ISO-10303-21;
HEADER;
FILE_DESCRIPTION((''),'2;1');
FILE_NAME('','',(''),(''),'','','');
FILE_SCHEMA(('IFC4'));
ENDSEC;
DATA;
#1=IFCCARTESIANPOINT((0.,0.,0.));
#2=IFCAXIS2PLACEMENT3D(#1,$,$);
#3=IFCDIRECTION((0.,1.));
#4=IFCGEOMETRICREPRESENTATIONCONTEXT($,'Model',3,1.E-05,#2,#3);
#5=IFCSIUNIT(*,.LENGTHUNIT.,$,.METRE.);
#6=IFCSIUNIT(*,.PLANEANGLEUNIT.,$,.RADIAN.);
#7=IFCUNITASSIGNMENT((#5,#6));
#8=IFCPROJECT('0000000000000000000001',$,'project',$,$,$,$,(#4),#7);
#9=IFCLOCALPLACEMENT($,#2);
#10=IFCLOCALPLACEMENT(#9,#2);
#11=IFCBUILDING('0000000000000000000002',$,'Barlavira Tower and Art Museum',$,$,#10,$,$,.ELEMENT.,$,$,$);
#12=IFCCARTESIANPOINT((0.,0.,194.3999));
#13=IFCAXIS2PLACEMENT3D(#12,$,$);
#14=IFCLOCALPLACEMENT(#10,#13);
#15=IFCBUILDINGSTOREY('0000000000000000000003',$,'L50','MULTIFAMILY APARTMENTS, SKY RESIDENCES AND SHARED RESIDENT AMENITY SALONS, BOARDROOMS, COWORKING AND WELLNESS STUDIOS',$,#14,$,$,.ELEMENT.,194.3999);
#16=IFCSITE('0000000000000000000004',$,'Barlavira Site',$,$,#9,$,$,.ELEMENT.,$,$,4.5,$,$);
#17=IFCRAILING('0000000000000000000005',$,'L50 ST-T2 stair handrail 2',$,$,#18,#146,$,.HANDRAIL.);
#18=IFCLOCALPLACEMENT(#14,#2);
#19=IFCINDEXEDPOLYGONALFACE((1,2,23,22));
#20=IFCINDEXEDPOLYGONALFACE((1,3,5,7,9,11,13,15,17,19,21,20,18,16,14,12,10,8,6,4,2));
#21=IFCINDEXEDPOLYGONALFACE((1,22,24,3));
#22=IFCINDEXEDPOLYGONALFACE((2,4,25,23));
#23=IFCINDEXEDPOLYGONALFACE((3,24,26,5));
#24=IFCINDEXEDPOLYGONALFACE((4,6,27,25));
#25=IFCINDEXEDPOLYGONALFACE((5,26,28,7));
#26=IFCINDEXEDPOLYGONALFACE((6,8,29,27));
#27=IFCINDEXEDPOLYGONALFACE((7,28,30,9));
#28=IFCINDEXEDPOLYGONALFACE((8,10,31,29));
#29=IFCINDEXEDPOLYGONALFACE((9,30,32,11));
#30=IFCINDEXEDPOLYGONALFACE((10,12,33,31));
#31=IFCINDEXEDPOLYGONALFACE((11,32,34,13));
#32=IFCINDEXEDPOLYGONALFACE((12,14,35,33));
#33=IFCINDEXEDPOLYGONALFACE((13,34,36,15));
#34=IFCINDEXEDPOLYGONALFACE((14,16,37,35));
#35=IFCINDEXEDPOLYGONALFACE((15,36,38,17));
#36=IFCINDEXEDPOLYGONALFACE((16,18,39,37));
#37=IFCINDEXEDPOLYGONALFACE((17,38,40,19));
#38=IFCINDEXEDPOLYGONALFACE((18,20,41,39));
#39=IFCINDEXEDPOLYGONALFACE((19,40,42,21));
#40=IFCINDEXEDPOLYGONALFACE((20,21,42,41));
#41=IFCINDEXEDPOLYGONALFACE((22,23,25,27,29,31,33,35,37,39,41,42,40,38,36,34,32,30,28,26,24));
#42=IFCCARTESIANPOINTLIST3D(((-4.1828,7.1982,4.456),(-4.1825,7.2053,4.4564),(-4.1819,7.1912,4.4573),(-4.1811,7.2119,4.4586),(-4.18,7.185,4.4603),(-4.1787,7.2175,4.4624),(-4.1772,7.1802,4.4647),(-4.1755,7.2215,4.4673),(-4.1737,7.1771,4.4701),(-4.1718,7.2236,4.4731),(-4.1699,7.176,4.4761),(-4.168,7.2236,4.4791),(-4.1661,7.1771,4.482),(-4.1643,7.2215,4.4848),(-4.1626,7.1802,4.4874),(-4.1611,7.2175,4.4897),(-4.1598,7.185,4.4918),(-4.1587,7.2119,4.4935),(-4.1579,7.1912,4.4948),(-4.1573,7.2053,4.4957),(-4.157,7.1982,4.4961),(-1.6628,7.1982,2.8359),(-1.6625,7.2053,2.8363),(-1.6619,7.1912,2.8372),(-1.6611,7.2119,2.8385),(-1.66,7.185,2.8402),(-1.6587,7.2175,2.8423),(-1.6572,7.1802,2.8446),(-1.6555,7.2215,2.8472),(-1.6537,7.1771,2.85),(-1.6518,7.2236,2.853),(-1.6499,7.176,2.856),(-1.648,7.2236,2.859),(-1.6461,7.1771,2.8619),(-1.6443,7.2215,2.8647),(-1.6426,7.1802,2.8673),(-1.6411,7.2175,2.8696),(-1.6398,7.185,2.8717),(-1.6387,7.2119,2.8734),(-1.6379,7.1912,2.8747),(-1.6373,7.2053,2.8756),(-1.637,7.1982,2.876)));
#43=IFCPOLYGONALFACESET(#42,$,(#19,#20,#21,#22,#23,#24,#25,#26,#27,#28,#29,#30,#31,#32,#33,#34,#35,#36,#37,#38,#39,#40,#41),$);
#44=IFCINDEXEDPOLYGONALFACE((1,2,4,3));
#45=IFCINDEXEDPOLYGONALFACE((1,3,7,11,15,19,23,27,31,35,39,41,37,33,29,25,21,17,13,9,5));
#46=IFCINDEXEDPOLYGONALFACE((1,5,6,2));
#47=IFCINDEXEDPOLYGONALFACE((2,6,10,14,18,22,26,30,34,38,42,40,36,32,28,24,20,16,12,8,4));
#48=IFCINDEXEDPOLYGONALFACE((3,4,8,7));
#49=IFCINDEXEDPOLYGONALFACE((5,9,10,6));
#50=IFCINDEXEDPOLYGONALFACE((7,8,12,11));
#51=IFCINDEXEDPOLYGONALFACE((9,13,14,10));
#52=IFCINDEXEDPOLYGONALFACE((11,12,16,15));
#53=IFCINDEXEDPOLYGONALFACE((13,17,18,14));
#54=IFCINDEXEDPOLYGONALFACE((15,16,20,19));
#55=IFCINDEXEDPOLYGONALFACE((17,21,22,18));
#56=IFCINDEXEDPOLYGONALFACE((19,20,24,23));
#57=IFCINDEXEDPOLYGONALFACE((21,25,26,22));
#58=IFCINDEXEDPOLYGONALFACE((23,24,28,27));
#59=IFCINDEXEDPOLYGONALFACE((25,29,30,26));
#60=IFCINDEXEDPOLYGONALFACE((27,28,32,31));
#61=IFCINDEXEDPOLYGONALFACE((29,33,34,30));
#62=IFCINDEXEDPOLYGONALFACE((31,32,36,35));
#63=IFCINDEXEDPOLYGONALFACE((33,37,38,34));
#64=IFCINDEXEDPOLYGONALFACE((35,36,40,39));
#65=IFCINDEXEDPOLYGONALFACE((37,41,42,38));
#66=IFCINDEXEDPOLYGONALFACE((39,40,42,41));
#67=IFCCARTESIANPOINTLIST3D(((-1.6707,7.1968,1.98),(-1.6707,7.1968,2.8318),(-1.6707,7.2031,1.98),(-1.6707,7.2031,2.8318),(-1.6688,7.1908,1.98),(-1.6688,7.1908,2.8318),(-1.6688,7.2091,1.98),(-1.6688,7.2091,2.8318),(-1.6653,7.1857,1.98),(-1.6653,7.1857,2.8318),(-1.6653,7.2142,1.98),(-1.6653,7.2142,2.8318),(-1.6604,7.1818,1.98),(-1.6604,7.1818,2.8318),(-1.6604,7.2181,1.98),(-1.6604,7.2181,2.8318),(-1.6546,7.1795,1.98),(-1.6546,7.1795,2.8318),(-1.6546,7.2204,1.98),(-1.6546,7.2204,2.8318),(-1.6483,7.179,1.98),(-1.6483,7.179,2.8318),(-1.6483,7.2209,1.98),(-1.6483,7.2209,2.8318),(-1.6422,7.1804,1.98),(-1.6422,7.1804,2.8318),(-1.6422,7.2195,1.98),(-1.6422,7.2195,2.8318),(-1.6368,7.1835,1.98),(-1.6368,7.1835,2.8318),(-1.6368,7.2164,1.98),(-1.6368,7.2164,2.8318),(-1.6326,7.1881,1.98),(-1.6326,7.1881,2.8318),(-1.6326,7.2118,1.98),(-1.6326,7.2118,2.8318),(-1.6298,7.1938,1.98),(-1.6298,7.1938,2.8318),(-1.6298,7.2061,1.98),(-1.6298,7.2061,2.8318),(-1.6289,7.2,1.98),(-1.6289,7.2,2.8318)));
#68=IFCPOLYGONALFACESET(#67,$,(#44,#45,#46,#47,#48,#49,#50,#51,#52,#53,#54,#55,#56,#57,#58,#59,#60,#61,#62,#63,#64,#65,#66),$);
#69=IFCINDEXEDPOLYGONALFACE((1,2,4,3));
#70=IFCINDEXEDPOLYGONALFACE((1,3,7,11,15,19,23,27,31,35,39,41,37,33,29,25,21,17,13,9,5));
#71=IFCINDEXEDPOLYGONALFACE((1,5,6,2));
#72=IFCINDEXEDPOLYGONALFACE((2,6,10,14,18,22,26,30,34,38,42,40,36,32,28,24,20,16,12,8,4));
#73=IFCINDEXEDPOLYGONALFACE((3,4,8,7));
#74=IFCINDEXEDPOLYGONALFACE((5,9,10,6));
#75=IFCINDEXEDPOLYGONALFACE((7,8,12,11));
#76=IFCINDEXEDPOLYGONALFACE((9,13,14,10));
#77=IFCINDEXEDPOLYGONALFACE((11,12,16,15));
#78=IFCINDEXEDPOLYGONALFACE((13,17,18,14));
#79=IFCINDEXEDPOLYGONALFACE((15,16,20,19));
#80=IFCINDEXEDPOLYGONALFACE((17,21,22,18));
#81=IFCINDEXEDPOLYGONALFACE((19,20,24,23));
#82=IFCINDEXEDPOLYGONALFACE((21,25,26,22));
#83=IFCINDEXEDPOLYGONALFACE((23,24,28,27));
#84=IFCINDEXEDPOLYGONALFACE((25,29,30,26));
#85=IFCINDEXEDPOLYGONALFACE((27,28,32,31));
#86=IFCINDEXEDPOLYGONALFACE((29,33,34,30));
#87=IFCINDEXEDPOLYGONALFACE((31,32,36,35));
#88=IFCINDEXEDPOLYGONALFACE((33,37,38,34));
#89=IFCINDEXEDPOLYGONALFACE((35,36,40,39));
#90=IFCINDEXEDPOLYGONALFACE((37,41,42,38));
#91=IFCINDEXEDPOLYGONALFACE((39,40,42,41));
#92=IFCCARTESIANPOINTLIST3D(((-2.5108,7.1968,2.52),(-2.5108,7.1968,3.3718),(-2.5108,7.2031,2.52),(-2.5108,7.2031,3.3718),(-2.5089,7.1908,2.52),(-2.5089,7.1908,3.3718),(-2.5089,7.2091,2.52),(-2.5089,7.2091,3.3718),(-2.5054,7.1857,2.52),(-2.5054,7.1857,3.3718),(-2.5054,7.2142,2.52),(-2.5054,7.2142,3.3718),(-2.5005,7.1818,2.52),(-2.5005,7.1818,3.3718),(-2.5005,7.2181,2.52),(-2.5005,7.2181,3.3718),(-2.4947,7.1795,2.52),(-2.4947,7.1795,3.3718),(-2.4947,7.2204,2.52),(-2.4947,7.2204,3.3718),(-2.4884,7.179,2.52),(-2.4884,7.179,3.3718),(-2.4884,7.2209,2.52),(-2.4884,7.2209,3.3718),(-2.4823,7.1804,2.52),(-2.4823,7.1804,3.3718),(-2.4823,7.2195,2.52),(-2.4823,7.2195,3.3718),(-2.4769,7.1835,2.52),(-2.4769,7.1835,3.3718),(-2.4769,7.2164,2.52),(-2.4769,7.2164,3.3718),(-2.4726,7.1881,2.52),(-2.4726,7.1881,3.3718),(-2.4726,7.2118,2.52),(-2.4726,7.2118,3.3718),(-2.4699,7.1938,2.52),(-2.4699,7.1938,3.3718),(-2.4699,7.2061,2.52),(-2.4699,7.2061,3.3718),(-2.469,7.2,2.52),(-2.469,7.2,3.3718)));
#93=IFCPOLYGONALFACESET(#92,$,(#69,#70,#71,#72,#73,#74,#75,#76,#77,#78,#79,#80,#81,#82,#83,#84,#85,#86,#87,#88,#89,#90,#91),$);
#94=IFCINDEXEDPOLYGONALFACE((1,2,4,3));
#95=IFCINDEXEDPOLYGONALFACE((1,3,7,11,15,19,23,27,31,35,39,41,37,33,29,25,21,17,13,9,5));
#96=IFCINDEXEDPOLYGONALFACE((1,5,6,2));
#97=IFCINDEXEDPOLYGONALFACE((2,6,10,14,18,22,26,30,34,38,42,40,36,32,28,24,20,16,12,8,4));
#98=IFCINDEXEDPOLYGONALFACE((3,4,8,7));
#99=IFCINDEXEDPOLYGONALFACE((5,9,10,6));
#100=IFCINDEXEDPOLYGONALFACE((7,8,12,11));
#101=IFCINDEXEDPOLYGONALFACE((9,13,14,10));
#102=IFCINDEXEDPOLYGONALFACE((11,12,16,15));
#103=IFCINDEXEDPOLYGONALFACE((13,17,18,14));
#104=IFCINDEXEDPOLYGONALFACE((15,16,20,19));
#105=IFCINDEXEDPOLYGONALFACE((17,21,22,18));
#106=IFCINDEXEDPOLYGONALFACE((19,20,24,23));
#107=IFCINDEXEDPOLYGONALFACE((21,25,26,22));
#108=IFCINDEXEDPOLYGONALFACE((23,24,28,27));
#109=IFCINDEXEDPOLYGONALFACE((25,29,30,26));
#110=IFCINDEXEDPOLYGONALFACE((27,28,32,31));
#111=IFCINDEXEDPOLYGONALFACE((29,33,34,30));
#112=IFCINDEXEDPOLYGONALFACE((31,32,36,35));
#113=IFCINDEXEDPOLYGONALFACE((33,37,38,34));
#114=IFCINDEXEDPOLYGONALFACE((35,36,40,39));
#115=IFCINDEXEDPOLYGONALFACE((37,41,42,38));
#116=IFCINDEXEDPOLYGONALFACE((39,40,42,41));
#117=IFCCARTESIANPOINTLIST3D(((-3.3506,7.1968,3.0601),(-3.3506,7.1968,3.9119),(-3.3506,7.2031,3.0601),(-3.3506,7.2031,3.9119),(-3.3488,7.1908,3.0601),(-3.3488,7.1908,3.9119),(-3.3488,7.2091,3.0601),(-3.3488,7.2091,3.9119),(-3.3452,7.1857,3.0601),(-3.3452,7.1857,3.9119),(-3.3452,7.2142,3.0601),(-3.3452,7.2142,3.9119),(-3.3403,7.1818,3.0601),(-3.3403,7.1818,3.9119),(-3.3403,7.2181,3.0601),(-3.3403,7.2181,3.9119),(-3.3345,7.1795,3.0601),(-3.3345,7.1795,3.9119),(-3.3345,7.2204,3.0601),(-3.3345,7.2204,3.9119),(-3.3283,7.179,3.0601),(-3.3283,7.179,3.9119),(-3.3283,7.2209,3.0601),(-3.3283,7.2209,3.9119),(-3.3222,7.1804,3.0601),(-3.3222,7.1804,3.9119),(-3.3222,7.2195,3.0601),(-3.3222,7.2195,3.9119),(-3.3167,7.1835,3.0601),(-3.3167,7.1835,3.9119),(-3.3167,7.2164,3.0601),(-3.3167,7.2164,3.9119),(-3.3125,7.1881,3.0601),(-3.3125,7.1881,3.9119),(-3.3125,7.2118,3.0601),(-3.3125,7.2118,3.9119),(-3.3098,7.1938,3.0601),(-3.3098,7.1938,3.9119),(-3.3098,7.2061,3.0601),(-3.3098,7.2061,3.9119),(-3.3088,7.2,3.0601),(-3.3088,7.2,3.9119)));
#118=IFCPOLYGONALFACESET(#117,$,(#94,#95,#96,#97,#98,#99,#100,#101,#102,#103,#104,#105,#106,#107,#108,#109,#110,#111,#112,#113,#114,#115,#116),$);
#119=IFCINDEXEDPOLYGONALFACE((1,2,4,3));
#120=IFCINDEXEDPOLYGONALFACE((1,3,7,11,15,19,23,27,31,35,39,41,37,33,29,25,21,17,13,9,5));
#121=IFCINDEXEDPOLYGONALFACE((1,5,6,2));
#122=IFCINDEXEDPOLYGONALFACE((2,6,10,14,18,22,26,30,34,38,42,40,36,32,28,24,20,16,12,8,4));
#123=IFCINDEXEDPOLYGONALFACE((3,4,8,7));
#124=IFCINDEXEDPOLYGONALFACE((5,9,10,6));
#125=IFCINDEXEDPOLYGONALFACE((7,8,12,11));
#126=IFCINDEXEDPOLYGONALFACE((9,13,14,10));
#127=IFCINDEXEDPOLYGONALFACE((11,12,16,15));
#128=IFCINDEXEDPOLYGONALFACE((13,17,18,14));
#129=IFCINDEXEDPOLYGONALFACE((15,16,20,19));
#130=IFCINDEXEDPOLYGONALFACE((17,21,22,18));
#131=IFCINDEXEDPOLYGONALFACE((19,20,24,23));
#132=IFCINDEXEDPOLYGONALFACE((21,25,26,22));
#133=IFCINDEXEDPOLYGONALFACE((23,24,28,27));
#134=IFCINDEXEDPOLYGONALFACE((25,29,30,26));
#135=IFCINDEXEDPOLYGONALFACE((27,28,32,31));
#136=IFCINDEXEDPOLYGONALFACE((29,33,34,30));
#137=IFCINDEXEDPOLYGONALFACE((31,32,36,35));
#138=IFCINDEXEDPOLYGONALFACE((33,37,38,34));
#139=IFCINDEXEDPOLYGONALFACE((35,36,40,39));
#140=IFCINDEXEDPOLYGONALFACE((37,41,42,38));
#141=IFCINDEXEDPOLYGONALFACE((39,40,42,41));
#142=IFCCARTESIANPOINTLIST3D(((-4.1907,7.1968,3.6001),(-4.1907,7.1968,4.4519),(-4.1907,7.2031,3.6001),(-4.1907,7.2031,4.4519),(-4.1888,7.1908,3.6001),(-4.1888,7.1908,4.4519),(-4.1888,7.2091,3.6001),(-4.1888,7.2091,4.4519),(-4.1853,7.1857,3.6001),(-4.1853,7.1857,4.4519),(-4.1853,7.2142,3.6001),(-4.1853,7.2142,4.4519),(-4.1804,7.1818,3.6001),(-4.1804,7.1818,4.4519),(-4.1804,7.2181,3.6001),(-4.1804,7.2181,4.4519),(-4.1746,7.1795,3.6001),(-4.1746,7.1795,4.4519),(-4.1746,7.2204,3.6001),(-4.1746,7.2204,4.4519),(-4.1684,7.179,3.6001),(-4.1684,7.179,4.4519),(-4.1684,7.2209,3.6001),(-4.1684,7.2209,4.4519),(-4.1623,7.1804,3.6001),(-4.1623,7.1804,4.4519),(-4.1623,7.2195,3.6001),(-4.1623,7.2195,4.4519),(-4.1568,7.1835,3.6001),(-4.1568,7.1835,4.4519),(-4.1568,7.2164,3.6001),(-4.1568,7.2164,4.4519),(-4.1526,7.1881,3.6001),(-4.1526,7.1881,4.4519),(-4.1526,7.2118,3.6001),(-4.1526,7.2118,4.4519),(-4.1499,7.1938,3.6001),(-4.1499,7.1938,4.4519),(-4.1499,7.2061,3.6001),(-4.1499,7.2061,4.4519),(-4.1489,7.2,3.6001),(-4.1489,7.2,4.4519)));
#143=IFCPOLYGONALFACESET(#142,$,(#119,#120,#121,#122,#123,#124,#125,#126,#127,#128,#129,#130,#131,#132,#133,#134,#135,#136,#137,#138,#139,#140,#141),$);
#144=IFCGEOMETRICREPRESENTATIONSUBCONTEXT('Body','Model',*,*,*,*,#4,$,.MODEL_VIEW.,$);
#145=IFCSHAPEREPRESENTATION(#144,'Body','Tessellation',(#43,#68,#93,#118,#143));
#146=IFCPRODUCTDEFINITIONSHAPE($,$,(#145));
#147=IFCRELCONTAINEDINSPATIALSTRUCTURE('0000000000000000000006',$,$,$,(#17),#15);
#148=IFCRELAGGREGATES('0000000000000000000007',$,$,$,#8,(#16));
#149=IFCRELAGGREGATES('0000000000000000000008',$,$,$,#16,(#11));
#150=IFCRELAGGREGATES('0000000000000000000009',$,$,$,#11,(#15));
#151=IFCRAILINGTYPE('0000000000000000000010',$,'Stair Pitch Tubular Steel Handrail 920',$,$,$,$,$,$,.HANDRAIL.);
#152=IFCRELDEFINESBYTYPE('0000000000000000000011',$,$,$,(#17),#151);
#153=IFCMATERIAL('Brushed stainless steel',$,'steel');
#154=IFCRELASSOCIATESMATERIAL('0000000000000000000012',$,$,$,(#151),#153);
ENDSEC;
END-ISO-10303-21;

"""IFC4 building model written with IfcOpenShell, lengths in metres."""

from ifc_helpers import new_model, si_unit, direction, frame, origin, origin_2d, place, context, subcontext, project, spatial, circle, extrude, material, type_object, element, save


model = new_model("IFC4")

# Units and contexts
model_context = context("Model", 3, precision=1e-05, world=origin(), true_north=direction((0.0, 1.0)))
body_context = subcontext(model_context, "Body", "Model", "MODEL_VIEW")
ifc_project = project(units=[si_unit("LENGTHUNIT", "METRE"), si_unit("PLANEANGLEUNIT", "RADIAN")], contexts=[model_context])

# Site, building, storey
site_placement = place(None, origin())
site = spatial("IfcSite", under=ifc_project, at=site_placement, Name="Barlavira Site", CompositionType="ELEMENT", RefElevation=4.5)
building_placement = place(site_placement, origin())
building = spatial("IfcBuilding", under=site, at=building_placement, Name="Barlavira Tower and Art Museum", CompositionType="ELEMENT")
storey_placement = place(building_placement, frame((0.0, 0.0, 194.3999)))
storey = spatial("IfcBuildingStorey", under=building, at=storey_placement, Name="L50", Description="MULTIFAMILY APARTMENTS, SKY RESIDENCES AND SHARED RESIDENT AMENITY SALONS, BOARDROOMS, COWORKING AND WELLNESS STUDIOS", CompositionType="ELEMENT", Elevation=194.3999)

# Shared definitions
ifc_material_1 = material(Name="Brushed stainless steel", Category="steel")

# Railing
railing_type_1 = type_object("IfcRailingType", Name="Stair Pitch Tubular Steel Handrail 920", PredefinedType="HANDRAIL", material=ifc_material_1)
railing_1_placement = place(storey_placement, frame((-1.6499, 7.2, 1.98)))
element("IfcRailing", 1, at=railing_1_placement, inside=storey, type_object=railing_type_1, Name="L50 ST-T2 stair handrail 2", PredefinedType="HANDRAIL", context=body_context, shape_type="SweptSolid", body=[
    extrude(circle(Radius=0.0239, at=origin_2d()), frame((0.0, 0.0, 0.876), z_axis=(-0.841163, 0.0, 0.540782), x_axis=(0.0, -1.0, 0.0)), (0.0, 0.0, 1.0), 2.9958),
    extrude(circle(Radius=0.021, at=origin_2d()), origin(), (0.0, 0.0, 1.0), 0.8518),
    extrude(circle(Radius=0.021, at=origin_2d()), frame((-0.8401, 0.0, 0.54)), (0.0, 0.0, 1.0), 0.8518),
    extrude(circle(Radius=0.021, at=origin_2d()), frame((-1.6799, 0.0, 1.0801)), (0.0, 0.0, 1.0), 0.8518),
    extrude(circle(Radius=0.021, at=origin_2d()), frame((-2.52, 0.0, 1.6201)), (0.0, 0.0, 1.0), 0.8518),
])

save(model, "model.ifc")
